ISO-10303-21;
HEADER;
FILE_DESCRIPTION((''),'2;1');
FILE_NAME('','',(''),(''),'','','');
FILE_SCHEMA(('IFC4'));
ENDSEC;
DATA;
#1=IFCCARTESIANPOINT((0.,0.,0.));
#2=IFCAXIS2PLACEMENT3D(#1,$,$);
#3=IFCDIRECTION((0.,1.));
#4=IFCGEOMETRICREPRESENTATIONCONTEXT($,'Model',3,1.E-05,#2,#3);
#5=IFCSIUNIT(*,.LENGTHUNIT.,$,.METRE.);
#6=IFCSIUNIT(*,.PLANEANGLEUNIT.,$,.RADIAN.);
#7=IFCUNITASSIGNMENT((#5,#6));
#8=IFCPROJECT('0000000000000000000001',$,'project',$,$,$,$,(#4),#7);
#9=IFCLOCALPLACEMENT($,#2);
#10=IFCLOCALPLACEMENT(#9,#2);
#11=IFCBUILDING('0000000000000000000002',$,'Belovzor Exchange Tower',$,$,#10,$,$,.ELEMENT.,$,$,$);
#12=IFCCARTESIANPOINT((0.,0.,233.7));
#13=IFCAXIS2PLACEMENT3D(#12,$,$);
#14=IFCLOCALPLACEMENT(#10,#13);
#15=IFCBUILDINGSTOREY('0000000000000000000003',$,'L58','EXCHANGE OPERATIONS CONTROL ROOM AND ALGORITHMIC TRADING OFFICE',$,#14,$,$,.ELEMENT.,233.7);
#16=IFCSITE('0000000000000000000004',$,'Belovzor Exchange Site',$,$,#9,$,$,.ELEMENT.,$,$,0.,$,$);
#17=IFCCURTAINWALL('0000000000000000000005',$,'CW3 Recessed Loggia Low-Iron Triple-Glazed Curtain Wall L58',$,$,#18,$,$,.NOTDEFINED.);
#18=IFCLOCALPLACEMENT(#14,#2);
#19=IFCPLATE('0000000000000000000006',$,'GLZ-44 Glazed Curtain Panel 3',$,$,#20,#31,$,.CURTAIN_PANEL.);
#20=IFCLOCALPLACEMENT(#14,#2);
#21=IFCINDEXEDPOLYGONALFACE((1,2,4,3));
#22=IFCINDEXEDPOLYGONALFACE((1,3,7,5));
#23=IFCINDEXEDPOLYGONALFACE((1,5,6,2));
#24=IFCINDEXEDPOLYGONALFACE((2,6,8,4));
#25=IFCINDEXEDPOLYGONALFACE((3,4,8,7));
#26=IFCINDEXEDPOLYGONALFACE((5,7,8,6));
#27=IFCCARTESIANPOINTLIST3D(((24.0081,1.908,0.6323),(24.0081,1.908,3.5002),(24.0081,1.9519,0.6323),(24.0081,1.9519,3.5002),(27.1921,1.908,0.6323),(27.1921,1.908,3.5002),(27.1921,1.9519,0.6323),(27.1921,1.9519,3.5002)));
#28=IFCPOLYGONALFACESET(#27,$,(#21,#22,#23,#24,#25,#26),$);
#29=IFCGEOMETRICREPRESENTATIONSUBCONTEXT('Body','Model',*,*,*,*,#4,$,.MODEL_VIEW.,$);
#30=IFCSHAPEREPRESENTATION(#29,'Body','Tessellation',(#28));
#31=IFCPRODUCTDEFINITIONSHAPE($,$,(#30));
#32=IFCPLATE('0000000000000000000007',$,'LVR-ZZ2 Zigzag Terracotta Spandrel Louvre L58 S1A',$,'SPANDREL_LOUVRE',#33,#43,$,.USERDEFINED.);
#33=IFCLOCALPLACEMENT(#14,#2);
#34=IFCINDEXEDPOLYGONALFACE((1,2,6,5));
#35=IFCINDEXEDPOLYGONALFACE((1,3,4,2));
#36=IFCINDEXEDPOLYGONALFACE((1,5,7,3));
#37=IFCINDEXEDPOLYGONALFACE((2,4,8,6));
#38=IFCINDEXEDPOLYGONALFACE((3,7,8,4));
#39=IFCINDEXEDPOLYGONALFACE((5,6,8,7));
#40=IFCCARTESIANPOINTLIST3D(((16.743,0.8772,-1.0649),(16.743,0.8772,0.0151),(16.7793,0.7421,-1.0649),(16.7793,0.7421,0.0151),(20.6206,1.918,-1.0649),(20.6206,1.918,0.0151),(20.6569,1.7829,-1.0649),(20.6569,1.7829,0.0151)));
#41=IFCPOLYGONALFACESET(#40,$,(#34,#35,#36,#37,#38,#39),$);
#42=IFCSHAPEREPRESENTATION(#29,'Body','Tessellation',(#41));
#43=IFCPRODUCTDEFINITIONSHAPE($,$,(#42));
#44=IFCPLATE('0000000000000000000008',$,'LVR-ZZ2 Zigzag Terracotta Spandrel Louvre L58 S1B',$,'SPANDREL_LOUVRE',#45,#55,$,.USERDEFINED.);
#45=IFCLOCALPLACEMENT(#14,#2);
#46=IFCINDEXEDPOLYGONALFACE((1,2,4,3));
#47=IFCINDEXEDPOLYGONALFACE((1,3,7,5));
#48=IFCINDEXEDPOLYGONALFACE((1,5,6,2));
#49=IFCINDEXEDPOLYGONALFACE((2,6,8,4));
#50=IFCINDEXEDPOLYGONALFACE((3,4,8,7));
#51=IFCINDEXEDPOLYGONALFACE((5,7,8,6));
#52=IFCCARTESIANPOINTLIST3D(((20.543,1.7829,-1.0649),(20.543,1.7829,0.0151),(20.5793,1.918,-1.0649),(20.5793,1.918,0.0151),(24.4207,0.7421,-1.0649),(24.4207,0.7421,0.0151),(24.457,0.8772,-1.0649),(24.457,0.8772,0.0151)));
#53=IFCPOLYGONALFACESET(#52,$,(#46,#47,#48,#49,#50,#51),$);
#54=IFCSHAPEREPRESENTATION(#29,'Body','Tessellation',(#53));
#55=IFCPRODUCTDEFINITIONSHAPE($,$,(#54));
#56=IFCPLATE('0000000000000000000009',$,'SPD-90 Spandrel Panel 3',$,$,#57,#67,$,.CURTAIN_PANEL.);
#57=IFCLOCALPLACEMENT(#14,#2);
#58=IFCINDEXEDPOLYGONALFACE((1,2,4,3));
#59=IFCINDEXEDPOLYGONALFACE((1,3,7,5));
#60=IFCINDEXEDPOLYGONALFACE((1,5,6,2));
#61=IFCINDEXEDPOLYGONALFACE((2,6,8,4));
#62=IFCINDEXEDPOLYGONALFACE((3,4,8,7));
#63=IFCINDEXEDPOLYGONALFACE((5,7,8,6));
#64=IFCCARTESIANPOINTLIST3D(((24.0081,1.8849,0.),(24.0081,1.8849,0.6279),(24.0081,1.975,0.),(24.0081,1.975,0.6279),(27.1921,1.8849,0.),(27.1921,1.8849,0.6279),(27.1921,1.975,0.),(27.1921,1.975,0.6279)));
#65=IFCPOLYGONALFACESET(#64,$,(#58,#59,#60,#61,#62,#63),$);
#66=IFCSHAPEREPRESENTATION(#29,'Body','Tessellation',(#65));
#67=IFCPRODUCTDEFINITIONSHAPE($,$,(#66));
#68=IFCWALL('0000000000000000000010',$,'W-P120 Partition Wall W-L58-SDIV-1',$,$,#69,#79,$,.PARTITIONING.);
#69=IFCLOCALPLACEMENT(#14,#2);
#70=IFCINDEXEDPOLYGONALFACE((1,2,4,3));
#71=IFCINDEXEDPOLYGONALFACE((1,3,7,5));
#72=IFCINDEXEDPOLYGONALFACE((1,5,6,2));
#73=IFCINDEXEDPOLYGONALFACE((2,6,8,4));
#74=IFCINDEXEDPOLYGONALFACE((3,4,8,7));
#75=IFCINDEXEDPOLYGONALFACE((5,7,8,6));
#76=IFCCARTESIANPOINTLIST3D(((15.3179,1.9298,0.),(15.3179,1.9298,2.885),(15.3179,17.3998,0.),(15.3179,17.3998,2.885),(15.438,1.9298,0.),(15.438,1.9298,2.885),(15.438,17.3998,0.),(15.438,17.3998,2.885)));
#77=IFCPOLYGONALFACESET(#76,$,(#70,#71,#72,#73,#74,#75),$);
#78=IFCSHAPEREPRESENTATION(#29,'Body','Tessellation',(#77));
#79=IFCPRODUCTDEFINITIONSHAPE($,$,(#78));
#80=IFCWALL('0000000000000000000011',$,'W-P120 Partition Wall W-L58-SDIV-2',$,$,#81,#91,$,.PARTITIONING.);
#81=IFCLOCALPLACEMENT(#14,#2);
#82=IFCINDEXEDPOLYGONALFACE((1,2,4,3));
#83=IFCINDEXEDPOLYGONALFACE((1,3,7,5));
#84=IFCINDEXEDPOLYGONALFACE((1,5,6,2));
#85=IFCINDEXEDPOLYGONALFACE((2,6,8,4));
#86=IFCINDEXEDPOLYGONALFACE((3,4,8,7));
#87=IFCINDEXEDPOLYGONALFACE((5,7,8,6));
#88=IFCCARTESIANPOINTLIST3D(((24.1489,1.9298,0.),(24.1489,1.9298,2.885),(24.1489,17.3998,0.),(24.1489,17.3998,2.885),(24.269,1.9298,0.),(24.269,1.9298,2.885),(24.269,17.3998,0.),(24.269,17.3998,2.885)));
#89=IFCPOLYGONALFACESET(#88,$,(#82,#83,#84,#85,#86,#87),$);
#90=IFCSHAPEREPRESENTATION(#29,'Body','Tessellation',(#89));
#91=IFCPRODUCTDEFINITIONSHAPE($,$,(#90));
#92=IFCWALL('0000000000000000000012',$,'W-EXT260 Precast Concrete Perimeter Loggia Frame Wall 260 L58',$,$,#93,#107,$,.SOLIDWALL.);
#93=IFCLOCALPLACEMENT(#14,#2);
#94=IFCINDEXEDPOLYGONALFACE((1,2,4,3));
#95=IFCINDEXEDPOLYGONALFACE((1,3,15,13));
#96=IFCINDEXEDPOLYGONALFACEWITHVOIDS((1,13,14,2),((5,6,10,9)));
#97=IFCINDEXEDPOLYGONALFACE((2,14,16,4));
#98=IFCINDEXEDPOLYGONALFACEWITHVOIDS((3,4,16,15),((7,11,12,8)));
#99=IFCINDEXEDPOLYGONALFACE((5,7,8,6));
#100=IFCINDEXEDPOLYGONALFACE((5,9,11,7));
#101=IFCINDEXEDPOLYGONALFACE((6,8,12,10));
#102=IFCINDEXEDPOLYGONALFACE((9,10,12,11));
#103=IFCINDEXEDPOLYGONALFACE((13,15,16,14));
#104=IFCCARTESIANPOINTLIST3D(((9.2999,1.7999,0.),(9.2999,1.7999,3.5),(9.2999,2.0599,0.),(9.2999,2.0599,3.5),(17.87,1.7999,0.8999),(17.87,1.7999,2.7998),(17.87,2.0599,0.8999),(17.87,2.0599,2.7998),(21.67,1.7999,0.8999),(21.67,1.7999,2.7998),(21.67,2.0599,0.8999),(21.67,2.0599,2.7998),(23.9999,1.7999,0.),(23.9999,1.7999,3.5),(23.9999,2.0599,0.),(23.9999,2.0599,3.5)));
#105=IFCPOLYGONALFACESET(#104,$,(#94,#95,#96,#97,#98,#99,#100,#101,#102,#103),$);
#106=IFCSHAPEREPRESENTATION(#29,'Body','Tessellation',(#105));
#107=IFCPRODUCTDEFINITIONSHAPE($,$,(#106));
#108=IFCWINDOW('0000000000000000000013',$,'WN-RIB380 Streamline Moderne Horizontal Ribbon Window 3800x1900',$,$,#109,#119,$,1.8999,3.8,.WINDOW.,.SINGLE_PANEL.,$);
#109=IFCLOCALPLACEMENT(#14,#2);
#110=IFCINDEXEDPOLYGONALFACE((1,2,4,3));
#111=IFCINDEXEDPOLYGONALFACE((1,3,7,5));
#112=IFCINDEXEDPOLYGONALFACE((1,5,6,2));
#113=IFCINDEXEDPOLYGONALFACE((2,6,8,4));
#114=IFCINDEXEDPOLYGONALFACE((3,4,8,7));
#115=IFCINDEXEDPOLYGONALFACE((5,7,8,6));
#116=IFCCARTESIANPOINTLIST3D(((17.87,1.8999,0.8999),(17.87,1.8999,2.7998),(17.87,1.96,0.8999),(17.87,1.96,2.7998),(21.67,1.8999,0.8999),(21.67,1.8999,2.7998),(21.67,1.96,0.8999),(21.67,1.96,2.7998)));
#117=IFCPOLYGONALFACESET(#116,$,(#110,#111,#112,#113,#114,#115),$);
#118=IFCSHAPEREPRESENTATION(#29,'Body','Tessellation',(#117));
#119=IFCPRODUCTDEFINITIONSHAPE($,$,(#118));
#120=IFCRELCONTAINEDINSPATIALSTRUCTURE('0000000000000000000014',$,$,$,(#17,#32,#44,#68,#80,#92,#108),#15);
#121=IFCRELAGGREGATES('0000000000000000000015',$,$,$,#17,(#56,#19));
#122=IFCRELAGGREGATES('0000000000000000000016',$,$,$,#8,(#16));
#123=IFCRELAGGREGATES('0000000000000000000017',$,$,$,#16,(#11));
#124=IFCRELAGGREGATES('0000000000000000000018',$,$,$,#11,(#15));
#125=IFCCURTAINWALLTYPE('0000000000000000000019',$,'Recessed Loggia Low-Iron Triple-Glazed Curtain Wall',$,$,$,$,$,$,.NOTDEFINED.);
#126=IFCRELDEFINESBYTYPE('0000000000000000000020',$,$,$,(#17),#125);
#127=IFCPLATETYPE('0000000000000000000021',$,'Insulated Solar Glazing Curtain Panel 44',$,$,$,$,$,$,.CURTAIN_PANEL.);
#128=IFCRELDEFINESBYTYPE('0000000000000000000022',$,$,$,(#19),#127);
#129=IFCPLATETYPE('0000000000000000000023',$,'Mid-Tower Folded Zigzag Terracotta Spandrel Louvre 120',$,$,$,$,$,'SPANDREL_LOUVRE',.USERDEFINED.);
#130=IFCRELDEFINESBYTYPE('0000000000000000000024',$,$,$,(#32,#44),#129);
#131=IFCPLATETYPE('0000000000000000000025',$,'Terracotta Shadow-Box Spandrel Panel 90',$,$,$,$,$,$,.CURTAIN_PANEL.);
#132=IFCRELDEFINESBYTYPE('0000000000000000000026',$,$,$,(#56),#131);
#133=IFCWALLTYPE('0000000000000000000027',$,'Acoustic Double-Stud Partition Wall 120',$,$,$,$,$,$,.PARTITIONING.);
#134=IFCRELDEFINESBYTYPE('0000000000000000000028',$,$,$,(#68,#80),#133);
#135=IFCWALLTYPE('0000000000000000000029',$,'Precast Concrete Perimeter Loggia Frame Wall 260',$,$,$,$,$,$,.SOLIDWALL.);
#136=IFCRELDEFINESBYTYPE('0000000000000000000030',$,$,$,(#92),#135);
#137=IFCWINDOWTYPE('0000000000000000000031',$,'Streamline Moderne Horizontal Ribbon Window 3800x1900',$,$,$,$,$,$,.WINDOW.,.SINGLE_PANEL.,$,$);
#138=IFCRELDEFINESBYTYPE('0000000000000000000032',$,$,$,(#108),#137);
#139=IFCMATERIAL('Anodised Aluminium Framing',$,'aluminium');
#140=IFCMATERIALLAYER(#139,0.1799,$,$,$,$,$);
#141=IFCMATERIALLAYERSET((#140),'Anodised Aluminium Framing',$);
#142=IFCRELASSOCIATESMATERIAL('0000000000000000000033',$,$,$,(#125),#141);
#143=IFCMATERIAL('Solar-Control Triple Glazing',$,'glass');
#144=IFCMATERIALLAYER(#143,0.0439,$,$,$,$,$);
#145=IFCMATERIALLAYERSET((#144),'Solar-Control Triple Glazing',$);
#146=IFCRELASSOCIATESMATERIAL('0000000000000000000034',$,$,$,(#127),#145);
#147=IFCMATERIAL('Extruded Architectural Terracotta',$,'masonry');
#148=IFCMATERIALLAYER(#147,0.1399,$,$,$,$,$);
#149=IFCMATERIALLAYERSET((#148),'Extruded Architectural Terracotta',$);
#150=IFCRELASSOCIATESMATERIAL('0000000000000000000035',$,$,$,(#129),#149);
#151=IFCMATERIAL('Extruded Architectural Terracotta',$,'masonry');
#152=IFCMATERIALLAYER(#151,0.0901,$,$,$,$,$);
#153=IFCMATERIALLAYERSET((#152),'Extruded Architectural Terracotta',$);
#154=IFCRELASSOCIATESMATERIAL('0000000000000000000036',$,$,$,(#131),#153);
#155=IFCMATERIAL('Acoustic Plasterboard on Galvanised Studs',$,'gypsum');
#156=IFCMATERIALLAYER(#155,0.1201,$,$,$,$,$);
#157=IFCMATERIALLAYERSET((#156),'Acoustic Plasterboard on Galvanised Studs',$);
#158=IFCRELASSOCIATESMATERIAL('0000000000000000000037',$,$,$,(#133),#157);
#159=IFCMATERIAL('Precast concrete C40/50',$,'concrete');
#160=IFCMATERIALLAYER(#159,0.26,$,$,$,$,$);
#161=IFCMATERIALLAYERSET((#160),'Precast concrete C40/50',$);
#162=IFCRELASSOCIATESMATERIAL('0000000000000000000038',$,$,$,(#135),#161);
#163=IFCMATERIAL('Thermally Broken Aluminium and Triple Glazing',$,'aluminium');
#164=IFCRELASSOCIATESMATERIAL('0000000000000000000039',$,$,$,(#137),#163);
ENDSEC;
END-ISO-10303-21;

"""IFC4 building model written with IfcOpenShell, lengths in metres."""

from ifc_helpers import new_model, si_unit, direction, frame, frame_2d, origin, origin_2d, place, context, subcontext, project, spatial, rectangle, extrude, material, layer, layer_set, type_object, element, fill, aggregate, save


model = new_model("IFC4")

# Units and contexts
model_context = context("Model", 3, precision=1e-05, world=origin(), true_north=direction((0.0, 1.0)))
body_context = subcontext(model_context, "Body", "Model", "MODEL_VIEW")
ifc_project = project(units=[si_unit("LENGTHUNIT", "METRE"), si_unit("PLANEANGLEUNIT", "RADIAN")], contexts=[model_context])

# Site, building, storey
site_placement = place(None, origin())
site = spatial("IfcSite", under=ifc_project, at=site_placement, Name="Belovzor Exchange Site", CompositionType="ELEMENT", RefElevation=0.0)
building_placement = place(site_placement, origin())
building = spatial("IfcBuilding", under=site, at=building_placement, Name="Belovzor Exchange Tower", CompositionType="ELEMENT")
storey_placement = place(building_placement, frame((0.0, 0.0, 233.7)))
storey = spatial("IfcBuildingStorey", under=building, at=storey_placement, Name="L58", Description="EXCHANGE OPERATIONS CONTROL ROOM AND ALGORITHMIC TRADING OFFICE", CompositionType="ELEMENT", Elevation=233.7)

# Curtain wall
ifc_material_1 = material(Name="Anodised Aluminium Framing", Category="aluminium")
ifc_layer_1 = layer(ifc_material_1, 0.1799)
ifc_layer_set_1 = layer_set([ifc_layer_1], Name="Anodised Aluminium Framing")
curtain_wall_type = type_object("IfcCurtainWallType", Name="Recessed Loggia Low-Iron Triple-Glazed Curtain Wall", PredefinedType="NOTDEFINED", material=ifc_layer_set_1)
curtain_wall_placement = place(storey_placement, origin())
curtain_wall = element("IfcCurtainWall", 1, at=curtain_wall_placement, inside=storey, type_object=curtain_wall_type, Name="CW3 Recessed Loggia Low-Iron Triple-Glazed Curtain Wall L58", PredefinedType="NOTDEFINED")

# Plate
ifc_material_2 = material(Name="Solar-Control Triple Glazing", Category="glass")
ifc_layer_2 = layer(ifc_material_2, 0.0439)
ifc_layer_set_2 = layer_set([ifc_layer_2], Name="Solar-Control Triple Glazing")
plate_type_1 = type_object("IfcPlateType", Name="Insulated Solar Glazing Curtain Panel 44", PredefinedType="CURTAIN_PANEL", material=ifc_layer_set_2)
plate_1_placement = place(storey_placement, frame((25.6001, 1.9299, 0.6323), z_axis=(0.0, 0.0, 1.0), x_axis=(-1.0, 0.0, 0.0)))
plate_1 = element("IfcPlate", 2, at=plate_1_placement, type_object=plate_type_1, Name="GLZ-44 Glazed Curtain Panel 3", PredefinedType="CURTAIN_PANEL", context=body_context, shape_type="SweptSolid", body=[
    extrude(rectangle(XDim=3.1841, YDim=0.0439, at=origin_2d()), origin(), (0.0, 0.0, 1.0), 2.8679),
])

# Plates
ifc_material_3 = material(Name="Extruded Architectural Terracotta", Category="masonry")
ifc_layer_3 = layer(ifc_material_3, 0.1399)
ifc_layer_set_3 = layer_set([ifc_layer_3], Name="Extruded Architectural Terracotta")
plate_type_2 = type_object("IfcPlateType", Name="Mid-Tower Folded Zigzag Terracotta Spandrel Louvre 120", ElementType="SPANDREL_LOUVRE", PredefinedType="USERDEFINED", material=ifc_layer_set_3)
for number, where, z_axis, x_axis, name in (
    (3, (18.7, 1.3301, -1.0649), (0.0, 0.0, 1.0), (0.965813, 0.25924, 0.0), "LVR-ZZ2 Zigzag Terracotta Spandrel Louvre L58 S1A"),
    (4, (22.5, 1.3301, -1.0649), (0.0, 0.0, 1.0), (0.965813, -0.25924, 0.0), "LVR-ZZ2 Zigzag Terracotta Spandrel Louvre L58 S1B"),
):
    element("IfcPlate", number, at=place(storey_placement, frame(where, z_axis=z_axis, x_axis=x_axis)), inside=storey, type_object=plate_type_2, Name=name, ObjectType="SPANDREL_LOUVRE", PredefinedType="USERDEFINED", context=body_context, shape_type="SweptSolid", body=[
        extrude(rectangle(XDim=4.0149, YDim=0.1399, at=origin_2d()), origin(), (0.0, 0.0, 1.0), 1.0801),
    ])

# Plate
ifc_material_4 = material(Name="Extruded Architectural Terracotta", Category="masonry")
ifc_layer_4 = layer(ifc_material_4, 0.0901)
ifc_layer_set_4 = layer_set([ifc_layer_4], Name="Extruded Architectural Terracotta")
plate_type_3 = type_object("IfcPlateType", Name="Terracotta Shadow-Box Spandrel Panel 90", PredefinedType="CURTAIN_PANEL", material=ifc_layer_set_4)
plate_2_placement = place(storey_placement, frame((25.6001, 1.9299, 0.0), z_axis=(0.0, 0.0, 1.0), x_axis=(-1.0, 0.0, 0.0)))
plate_2 = element("IfcPlate", 5, at=plate_2_placement, type_object=plate_type_3, Name="SPD-90 Spandrel Panel 3", PredefinedType="CURTAIN_PANEL", context=body_context, shape_type="SweptSolid", body=[
    extrude(rectangle(XDim=3.1841, YDim=0.0901, at=origin_2d()), origin(), (0.0, 0.0, 1.0), 0.6279),
])
aggregate(curtain_wall, [plate_2, plate_1])

# Walls
ifc_material_5 = material(Name="Acoustic Plasterboard on Galvanised Studs", Category="gypsum")
ifc_layer_5 = layer(ifc_material_5, 0.1201)
ifc_layer_set_5 = layer_set([ifc_layer_5], Name="Acoustic Plasterboard on Galvanised Studs")
wall_type_1 = type_object("IfcWallType", Name="Acoustic Double-Stud Partition Wall 120", PredefinedType="PARTITIONING", material=ifc_layer_set_5)
for number, where, z_axis, x_axis, name in (
    (6, (15.3779, 1.9299, 0.0), (0.0, 0.0, 1.0), (0.0, 1.0, 0.0), "W-P120 Partition Wall W-L58-SDIV-1"),
    (7, (24.209, 1.9299, 0.0), (0.0, 0.0, 1.0), (0.0, 1.0, 0.0), "W-P120 Partition Wall W-L58-SDIV-2"),
):
    element("IfcWall", number, at=place(storey_placement, frame(where, z_axis=z_axis, x_axis=x_axis)), inside=storey, type_object=wall_type_1, Name=name, PredefinedType="PARTITIONING", context=body_context, shape_type="SweptSolid", body=[
        extrude(rectangle(XDim=15.47, YDim=0.1201, at=frame_2d((7.7349, 0.0))), origin(), (0.0, 0.0, 1.0), 2.885),
    ])

# Wall, opening, window
ifc_material_6 = material(Name="Precast concrete C40/50", Category="concrete")
ifc_layer_6 = layer(ifc_material_6, 0.26)
ifc_layer_set_6 = layer_set([ifc_layer_6], Name="Precast concrete C40/50")
wall_type_2 = type_object("IfcWallType", Name="Precast Concrete Perimeter Loggia Frame Wall 260", PredefinedType="SOLIDWALL", material=ifc_layer_set_6)
wall_placement = place(storey_placement, frame((24.0, 1.9299, 0.0), z_axis=(0.0, 0.0, 1.0), x_axis=(-1.0, 0.0, 0.0)))
wall = element("IfcWall", 8, at=wall_placement, inside=storey, type_object=wall_type_2, Name="W-EXT260 Precast Concrete Perimeter Loggia Frame Wall 260 L58", PredefinedType="SOLIDWALL", context=body_context, shape_type="SweptSolid", body=[
    extrude(rectangle(XDim=14.7, YDim=0.26, at=frame_2d((7.3501, 0.0))), origin(), (0.0, 0.0, 1.0), 3.5),
])
opening_placement = place(wall_placement, frame((2.3301, 0.0, 0.8999)))
opening = element("IfcOpeningElement", 9, at=opening_placement, cuts=wall, PredefinedType="OPENING", context=body_context, shape_type="SweptSolid", body=[
    extrude(rectangle(XDim=3.8, YDim=1.8999, at=frame_2d((1.8999, 0.95))), frame((0.0, 0.1399, 0.0), z_axis=(0.0, -1.0, 0.0), x_axis=(1.0, 0.0, 0.0)), (0.0, 0.0, 1.0), 0.28),
])
ifc_material_7 = material(Name="Thermally Broken Aluminium and Triple Glazing", Category="aluminium")
window_type = type_object("IfcWindowType", Name="Streamline Moderne Horizontal Ribbon Window 3800x1900", PartitioningType="SINGLE_PANEL", PredefinedType="WINDOW", material=ifc_material_7)
window_placement = place(opening_placement, origin())
window = element("IfcWindow", 10, at=window_placement, inside=storey, type_object=window_type, Name="WN-RIB380 Streamline Moderne Horizontal Ribbon Window 3800x1900", OverallHeight=1.8999, OverallWidth=3.8, PartitioningType="SINGLE_PANEL", PredefinedType="WINDOW", context=body_context, shape_type="SweptSolid", body=[
    extrude(rectangle(XDim=3.8, YDim=1.8999, at=frame_2d((1.8999, 0.95))), frame((0.0, 0.03, 0.0), z_axis=(0.0, -1.0, 0.0), x_axis=(1.0, 0.0, 0.0)), (0.0, 0.0, 1.0), 0.0601),
])
fill(opening, window)

save(model, "model.ifc")
